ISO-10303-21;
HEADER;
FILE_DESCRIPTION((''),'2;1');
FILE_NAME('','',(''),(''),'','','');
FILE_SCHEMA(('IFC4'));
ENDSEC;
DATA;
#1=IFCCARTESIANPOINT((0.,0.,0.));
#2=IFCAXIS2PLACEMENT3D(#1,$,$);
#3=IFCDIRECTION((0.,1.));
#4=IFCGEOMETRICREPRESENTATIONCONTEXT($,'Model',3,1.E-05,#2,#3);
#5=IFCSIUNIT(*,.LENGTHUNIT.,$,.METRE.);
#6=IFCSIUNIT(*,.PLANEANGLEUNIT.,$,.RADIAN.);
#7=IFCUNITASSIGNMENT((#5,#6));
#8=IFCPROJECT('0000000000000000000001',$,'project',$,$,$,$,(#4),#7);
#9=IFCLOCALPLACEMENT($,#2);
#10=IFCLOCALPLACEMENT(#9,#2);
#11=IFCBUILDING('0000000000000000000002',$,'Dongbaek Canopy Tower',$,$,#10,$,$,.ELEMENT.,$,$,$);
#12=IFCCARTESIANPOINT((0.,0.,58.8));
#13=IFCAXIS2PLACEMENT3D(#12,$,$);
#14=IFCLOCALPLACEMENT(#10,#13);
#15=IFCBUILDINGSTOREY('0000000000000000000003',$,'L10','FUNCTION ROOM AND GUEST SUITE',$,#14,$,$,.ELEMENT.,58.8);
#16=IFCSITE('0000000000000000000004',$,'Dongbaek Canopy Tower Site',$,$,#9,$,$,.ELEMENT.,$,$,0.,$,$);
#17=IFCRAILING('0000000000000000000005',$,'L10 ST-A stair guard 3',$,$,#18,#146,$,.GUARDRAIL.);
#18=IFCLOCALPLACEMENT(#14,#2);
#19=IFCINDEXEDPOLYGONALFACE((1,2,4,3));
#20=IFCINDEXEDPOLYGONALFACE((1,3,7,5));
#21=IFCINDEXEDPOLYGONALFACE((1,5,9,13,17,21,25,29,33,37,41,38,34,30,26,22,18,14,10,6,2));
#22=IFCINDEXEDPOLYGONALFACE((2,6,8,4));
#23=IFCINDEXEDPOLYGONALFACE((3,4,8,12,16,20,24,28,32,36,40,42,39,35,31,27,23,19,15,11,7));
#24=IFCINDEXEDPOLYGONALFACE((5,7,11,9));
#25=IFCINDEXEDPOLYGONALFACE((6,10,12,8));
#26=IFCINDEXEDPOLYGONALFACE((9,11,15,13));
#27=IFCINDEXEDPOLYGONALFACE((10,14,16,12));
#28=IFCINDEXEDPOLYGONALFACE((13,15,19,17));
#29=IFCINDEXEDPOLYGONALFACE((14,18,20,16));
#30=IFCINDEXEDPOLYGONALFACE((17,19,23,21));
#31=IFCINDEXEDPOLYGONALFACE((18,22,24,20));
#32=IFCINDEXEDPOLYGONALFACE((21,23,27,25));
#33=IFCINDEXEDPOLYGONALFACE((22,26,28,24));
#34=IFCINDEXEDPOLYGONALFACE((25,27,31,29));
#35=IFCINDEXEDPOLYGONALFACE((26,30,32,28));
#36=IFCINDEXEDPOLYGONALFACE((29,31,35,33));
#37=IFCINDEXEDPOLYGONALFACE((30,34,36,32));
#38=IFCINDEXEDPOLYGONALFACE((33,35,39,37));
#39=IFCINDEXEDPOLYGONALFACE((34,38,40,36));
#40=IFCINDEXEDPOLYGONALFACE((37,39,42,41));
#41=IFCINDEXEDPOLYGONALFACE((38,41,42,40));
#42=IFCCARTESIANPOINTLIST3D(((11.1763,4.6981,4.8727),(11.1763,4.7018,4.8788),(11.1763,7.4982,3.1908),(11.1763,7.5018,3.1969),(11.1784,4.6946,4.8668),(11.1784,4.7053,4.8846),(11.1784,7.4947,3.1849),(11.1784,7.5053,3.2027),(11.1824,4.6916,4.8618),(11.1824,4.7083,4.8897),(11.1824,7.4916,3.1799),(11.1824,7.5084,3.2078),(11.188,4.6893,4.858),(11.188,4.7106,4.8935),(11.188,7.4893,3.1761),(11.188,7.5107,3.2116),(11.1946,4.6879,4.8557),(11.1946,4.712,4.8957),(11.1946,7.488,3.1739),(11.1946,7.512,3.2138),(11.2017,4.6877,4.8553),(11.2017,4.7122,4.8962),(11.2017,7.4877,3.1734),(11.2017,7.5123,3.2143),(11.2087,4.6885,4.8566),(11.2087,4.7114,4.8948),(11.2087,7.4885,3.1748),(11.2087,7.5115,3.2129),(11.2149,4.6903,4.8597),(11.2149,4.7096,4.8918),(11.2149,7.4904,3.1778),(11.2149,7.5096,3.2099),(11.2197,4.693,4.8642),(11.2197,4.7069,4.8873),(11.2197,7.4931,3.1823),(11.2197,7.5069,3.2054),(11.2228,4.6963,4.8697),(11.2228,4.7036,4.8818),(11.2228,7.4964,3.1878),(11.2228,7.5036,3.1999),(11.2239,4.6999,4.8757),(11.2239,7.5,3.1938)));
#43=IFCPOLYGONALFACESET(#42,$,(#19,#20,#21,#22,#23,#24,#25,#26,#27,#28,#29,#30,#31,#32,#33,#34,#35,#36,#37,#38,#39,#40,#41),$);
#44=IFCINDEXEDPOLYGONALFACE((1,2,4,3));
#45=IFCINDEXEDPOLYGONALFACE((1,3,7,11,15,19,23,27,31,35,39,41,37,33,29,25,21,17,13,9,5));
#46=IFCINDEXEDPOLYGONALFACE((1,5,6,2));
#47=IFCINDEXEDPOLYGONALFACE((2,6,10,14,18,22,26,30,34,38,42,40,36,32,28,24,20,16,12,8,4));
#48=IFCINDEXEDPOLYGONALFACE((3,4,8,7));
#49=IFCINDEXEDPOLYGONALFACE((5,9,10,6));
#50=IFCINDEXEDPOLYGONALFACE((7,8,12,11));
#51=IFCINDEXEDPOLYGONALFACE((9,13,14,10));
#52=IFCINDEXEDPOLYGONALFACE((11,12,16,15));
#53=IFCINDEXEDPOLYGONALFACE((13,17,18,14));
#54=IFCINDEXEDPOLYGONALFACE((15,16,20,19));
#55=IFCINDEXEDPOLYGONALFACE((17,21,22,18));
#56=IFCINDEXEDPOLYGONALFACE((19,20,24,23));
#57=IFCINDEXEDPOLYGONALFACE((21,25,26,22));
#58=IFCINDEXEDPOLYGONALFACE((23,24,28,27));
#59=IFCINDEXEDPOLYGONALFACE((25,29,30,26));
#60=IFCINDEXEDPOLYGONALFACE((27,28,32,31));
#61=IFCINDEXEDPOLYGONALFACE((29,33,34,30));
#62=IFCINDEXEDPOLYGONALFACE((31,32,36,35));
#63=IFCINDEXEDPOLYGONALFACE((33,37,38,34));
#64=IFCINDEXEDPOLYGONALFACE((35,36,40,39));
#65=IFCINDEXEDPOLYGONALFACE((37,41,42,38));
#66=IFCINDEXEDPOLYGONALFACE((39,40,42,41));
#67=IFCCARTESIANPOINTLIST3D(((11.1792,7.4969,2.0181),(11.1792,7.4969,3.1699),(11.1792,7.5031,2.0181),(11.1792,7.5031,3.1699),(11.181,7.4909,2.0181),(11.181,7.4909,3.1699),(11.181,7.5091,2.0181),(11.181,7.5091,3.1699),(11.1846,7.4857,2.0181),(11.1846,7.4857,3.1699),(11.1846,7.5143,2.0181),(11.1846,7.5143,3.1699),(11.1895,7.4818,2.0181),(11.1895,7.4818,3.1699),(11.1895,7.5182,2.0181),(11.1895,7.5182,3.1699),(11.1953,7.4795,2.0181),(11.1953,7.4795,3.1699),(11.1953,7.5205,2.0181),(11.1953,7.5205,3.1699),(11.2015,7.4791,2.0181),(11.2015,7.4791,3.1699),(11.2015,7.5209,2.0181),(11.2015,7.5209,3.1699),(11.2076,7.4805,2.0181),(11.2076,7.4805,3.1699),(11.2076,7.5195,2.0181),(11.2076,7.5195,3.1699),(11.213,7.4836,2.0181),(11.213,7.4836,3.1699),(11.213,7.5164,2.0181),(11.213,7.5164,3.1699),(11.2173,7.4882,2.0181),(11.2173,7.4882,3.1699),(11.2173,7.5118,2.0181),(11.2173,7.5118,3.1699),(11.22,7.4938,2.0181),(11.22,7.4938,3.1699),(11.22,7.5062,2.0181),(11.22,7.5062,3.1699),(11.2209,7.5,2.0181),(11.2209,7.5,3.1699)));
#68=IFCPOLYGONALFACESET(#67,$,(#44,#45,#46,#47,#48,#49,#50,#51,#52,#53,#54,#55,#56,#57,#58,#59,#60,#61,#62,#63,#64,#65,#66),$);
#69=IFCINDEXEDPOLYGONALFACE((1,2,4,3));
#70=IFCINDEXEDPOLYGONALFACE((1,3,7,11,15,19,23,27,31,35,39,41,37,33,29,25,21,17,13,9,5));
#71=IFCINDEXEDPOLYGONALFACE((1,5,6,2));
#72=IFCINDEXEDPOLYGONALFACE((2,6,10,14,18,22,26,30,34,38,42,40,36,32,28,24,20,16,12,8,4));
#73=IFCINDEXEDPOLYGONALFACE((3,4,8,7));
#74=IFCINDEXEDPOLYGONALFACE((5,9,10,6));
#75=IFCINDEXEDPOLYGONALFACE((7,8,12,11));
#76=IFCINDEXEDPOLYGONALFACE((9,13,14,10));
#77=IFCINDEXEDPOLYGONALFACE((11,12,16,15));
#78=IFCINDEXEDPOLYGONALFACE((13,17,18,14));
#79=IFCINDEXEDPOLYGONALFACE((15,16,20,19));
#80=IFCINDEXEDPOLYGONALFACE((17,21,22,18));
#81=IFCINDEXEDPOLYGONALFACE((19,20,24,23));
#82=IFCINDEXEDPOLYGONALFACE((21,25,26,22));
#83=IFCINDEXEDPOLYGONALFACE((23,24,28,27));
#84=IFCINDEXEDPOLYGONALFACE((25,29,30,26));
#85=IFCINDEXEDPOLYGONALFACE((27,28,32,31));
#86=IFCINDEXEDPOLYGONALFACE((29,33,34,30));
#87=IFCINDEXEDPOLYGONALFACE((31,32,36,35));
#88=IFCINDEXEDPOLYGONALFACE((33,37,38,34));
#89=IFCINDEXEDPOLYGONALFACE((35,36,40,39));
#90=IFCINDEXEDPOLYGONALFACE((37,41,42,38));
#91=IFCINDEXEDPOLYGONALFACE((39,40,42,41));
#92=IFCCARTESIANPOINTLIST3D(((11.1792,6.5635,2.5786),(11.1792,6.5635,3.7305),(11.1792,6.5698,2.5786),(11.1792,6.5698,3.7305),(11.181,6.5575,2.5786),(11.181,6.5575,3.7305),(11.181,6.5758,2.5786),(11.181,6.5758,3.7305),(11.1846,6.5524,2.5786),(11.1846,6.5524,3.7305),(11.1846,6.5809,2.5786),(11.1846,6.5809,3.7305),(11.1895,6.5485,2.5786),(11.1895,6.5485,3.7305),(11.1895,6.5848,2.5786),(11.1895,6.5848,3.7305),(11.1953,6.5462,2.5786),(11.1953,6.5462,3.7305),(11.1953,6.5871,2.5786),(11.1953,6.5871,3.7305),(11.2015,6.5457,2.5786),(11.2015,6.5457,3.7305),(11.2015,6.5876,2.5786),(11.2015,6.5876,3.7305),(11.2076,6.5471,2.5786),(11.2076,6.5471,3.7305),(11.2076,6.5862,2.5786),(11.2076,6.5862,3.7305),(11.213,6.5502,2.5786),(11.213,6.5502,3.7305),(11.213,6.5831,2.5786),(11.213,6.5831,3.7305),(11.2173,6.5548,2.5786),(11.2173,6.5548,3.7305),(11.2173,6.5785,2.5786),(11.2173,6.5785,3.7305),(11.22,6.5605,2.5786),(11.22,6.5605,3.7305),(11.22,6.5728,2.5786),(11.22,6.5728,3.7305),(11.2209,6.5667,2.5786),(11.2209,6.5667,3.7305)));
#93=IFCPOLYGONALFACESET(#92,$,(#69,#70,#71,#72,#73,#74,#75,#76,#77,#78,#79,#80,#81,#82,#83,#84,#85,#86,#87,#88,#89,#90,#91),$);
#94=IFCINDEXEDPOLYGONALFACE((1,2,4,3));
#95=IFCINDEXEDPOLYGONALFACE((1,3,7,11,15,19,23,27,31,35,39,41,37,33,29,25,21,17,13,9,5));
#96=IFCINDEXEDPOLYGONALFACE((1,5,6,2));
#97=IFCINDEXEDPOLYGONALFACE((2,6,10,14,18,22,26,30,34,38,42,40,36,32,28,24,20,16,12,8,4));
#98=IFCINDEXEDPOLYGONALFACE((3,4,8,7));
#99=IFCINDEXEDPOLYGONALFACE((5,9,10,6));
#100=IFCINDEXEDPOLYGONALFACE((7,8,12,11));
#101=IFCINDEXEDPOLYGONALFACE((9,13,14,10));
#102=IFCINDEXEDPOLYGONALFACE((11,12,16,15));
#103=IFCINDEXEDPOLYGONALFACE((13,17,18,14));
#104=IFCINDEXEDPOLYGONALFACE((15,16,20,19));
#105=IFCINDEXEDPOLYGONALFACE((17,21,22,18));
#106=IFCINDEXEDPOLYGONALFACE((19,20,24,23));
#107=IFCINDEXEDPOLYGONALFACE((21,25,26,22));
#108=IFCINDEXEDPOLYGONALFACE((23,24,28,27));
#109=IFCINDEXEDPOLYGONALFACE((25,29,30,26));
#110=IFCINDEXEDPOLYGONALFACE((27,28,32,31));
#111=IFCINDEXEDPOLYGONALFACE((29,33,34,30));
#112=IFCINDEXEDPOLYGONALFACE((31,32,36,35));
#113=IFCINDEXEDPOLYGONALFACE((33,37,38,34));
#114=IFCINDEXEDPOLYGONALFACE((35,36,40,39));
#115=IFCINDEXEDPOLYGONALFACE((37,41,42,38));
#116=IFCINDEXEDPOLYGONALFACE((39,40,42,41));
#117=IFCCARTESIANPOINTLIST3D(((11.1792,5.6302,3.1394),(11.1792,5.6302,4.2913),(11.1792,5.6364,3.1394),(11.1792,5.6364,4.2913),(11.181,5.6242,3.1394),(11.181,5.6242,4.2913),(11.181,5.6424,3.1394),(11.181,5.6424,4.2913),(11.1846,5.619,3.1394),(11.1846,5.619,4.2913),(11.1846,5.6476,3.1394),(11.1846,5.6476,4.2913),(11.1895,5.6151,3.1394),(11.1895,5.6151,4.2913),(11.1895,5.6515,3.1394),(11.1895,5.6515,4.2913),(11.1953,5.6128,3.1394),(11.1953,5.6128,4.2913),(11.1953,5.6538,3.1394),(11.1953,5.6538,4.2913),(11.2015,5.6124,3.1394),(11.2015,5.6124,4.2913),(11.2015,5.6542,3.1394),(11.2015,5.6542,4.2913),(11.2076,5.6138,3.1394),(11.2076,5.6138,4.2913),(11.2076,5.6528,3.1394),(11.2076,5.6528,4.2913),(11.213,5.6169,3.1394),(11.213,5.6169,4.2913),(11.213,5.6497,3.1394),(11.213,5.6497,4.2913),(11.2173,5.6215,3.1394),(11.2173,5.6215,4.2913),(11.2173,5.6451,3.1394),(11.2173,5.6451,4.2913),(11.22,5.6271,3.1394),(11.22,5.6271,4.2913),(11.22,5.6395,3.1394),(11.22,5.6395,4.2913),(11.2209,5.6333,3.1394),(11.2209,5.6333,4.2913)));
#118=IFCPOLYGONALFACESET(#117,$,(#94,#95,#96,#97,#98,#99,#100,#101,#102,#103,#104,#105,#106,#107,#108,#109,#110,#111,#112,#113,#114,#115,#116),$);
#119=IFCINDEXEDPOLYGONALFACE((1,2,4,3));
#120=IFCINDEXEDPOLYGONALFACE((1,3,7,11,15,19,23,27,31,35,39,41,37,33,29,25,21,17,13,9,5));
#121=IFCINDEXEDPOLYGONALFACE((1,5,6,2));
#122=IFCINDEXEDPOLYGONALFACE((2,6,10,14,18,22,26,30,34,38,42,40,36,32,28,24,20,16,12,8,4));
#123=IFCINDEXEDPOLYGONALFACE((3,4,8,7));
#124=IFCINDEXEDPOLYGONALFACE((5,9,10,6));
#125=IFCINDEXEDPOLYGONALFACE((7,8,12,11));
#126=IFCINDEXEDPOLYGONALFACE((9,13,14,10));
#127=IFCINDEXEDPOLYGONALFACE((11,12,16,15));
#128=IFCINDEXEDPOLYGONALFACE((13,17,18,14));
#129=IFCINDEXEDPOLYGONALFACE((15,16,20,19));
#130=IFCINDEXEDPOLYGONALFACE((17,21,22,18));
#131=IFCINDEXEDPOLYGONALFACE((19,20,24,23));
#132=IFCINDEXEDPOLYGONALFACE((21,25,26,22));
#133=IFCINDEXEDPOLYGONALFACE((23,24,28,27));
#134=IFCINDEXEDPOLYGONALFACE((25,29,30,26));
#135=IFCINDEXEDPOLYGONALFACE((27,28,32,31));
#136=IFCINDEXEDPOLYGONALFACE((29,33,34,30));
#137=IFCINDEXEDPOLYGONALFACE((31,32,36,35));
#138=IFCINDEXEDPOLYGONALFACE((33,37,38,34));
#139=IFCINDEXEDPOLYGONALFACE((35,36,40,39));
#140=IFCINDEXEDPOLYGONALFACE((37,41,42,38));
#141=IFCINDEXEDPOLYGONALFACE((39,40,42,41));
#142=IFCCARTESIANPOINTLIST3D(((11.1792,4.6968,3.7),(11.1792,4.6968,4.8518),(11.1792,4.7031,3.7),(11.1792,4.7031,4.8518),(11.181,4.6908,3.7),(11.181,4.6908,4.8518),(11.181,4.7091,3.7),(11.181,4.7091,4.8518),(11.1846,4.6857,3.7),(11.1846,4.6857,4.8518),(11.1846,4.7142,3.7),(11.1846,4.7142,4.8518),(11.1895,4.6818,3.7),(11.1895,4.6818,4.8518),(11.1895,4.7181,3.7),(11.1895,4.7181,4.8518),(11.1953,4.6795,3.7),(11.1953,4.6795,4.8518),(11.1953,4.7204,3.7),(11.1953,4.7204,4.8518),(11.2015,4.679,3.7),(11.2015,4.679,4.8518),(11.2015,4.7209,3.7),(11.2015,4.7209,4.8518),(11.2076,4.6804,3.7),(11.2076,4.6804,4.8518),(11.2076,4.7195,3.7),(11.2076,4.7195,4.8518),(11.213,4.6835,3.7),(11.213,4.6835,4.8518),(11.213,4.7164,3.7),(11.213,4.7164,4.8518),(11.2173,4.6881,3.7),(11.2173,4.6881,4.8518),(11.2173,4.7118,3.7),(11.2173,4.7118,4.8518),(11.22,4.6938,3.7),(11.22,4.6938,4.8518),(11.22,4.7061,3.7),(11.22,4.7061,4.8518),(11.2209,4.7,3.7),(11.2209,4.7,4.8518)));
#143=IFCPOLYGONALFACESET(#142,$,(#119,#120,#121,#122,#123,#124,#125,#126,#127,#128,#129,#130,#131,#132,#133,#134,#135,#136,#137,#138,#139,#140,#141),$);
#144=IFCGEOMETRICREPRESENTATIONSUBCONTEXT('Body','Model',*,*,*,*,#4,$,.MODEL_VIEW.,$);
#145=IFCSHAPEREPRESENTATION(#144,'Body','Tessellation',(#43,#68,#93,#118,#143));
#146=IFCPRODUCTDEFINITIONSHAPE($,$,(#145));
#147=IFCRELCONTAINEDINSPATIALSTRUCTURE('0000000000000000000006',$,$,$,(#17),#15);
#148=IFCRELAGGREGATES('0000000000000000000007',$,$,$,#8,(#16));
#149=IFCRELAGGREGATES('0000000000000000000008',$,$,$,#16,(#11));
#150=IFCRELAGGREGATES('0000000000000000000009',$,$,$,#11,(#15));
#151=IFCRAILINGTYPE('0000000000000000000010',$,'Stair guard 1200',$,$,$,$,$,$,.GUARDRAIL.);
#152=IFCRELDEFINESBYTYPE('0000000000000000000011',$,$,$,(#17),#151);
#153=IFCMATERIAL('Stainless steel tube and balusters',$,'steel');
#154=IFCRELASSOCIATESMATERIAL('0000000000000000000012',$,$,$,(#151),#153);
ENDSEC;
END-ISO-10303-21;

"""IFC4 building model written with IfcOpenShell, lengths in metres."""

from ifc_helpers import new_model, si_unit, direction, frame, origin, origin_2d, place, context, subcontext, project, spatial, circle, extrude, material, type_object, element, save


model = new_model("IFC4")

# Units and contexts
model_context = context("Model", 3, precision=1e-05, world=origin(), true_north=direction((0.0, 1.0)))
body_context = subcontext(model_context, "Body", "Model", "MODEL_VIEW")
ifc_project = project(units=[si_unit("LENGTHUNIT", "METRE"), si_unit("PLANEANGLEUNIT", "RADIAN")], contexts=[model_context])

# Site, building, storey
site_placement = place(None, origin())
site = spatial("IfcSite", under=ifc_project, at=site_placement, Name="Dongbaek Canopy Tower Site", CompositionType="ELEMENT", RefElevation=0.0)
building_placement = place(site_placement, origin())
building = spatial("IfcBuilding", under=site, at=building_placement, Name="Dongbaek Canopy Tower", CompositionType="ELEMENT")
storey_placement = place(building_placement, frame((0.0, 0.0, 58.8)))
storey = spatial("IfcBuildingStorey", under=building, at=storey_placement, Name="L10", Description="FUNCTION ROOM AND GUEST SUITE", CompositionType="ELEMENT", Elevation=58.8)

# Railing
ifc_material_1 = material(Name="Stainless steel tube and balusters", Category="steel")
railing_type_1 = type_object("IfcRailingType", Name="Stair guard 1200", PredefinedType="GUARDRAIL", material=ifc_material_1)
railing_1_placement = place(storey_placement, frame((11.2, 7.5, 2.0181)))
element("IfcRailing", 1, at=railing_1_placement, inside=storey, type_object=railing_type_1, Name="L10 ST-A stair guard 3", PredefinedType="GUARDRAIL", context=body_context, shape_type="SweptSolid", body=[
    extrude(circle(Radius=0.0239, at=origin_2d()), frame((0.0, 0.0, 1.1758), z_axis=(0.0, -0.857242, 0.514913), x_axis=(1.0, 0.0, 0.0)), (0.0, 0.0, 1.0), 3.2664),
    extrude(circle(Radius=0.021, at=origin_2d()), origin(), (0.0, 0.0, 1.0), 1.1519),
    extrude(circle(Radius=0.021, at=origin_2d()), frame((0.0, -0.9333, 0.5605)), (0.0, 0.0, 1.0), 1.1519),
    extrude(circle(Radius=0.021, at=origin_2d()), frame((0.0, -1.8667, 1.1213)), (0.0, 0.0, 1.0), 1.1519),
    extrude(circle(Radius=0.021, at=origin_2d()), frame((0.0, -2.8, 1.6819)), (0.0, 0.0, 1.0), 1.1519),
])

save(model, "model.ifc")
